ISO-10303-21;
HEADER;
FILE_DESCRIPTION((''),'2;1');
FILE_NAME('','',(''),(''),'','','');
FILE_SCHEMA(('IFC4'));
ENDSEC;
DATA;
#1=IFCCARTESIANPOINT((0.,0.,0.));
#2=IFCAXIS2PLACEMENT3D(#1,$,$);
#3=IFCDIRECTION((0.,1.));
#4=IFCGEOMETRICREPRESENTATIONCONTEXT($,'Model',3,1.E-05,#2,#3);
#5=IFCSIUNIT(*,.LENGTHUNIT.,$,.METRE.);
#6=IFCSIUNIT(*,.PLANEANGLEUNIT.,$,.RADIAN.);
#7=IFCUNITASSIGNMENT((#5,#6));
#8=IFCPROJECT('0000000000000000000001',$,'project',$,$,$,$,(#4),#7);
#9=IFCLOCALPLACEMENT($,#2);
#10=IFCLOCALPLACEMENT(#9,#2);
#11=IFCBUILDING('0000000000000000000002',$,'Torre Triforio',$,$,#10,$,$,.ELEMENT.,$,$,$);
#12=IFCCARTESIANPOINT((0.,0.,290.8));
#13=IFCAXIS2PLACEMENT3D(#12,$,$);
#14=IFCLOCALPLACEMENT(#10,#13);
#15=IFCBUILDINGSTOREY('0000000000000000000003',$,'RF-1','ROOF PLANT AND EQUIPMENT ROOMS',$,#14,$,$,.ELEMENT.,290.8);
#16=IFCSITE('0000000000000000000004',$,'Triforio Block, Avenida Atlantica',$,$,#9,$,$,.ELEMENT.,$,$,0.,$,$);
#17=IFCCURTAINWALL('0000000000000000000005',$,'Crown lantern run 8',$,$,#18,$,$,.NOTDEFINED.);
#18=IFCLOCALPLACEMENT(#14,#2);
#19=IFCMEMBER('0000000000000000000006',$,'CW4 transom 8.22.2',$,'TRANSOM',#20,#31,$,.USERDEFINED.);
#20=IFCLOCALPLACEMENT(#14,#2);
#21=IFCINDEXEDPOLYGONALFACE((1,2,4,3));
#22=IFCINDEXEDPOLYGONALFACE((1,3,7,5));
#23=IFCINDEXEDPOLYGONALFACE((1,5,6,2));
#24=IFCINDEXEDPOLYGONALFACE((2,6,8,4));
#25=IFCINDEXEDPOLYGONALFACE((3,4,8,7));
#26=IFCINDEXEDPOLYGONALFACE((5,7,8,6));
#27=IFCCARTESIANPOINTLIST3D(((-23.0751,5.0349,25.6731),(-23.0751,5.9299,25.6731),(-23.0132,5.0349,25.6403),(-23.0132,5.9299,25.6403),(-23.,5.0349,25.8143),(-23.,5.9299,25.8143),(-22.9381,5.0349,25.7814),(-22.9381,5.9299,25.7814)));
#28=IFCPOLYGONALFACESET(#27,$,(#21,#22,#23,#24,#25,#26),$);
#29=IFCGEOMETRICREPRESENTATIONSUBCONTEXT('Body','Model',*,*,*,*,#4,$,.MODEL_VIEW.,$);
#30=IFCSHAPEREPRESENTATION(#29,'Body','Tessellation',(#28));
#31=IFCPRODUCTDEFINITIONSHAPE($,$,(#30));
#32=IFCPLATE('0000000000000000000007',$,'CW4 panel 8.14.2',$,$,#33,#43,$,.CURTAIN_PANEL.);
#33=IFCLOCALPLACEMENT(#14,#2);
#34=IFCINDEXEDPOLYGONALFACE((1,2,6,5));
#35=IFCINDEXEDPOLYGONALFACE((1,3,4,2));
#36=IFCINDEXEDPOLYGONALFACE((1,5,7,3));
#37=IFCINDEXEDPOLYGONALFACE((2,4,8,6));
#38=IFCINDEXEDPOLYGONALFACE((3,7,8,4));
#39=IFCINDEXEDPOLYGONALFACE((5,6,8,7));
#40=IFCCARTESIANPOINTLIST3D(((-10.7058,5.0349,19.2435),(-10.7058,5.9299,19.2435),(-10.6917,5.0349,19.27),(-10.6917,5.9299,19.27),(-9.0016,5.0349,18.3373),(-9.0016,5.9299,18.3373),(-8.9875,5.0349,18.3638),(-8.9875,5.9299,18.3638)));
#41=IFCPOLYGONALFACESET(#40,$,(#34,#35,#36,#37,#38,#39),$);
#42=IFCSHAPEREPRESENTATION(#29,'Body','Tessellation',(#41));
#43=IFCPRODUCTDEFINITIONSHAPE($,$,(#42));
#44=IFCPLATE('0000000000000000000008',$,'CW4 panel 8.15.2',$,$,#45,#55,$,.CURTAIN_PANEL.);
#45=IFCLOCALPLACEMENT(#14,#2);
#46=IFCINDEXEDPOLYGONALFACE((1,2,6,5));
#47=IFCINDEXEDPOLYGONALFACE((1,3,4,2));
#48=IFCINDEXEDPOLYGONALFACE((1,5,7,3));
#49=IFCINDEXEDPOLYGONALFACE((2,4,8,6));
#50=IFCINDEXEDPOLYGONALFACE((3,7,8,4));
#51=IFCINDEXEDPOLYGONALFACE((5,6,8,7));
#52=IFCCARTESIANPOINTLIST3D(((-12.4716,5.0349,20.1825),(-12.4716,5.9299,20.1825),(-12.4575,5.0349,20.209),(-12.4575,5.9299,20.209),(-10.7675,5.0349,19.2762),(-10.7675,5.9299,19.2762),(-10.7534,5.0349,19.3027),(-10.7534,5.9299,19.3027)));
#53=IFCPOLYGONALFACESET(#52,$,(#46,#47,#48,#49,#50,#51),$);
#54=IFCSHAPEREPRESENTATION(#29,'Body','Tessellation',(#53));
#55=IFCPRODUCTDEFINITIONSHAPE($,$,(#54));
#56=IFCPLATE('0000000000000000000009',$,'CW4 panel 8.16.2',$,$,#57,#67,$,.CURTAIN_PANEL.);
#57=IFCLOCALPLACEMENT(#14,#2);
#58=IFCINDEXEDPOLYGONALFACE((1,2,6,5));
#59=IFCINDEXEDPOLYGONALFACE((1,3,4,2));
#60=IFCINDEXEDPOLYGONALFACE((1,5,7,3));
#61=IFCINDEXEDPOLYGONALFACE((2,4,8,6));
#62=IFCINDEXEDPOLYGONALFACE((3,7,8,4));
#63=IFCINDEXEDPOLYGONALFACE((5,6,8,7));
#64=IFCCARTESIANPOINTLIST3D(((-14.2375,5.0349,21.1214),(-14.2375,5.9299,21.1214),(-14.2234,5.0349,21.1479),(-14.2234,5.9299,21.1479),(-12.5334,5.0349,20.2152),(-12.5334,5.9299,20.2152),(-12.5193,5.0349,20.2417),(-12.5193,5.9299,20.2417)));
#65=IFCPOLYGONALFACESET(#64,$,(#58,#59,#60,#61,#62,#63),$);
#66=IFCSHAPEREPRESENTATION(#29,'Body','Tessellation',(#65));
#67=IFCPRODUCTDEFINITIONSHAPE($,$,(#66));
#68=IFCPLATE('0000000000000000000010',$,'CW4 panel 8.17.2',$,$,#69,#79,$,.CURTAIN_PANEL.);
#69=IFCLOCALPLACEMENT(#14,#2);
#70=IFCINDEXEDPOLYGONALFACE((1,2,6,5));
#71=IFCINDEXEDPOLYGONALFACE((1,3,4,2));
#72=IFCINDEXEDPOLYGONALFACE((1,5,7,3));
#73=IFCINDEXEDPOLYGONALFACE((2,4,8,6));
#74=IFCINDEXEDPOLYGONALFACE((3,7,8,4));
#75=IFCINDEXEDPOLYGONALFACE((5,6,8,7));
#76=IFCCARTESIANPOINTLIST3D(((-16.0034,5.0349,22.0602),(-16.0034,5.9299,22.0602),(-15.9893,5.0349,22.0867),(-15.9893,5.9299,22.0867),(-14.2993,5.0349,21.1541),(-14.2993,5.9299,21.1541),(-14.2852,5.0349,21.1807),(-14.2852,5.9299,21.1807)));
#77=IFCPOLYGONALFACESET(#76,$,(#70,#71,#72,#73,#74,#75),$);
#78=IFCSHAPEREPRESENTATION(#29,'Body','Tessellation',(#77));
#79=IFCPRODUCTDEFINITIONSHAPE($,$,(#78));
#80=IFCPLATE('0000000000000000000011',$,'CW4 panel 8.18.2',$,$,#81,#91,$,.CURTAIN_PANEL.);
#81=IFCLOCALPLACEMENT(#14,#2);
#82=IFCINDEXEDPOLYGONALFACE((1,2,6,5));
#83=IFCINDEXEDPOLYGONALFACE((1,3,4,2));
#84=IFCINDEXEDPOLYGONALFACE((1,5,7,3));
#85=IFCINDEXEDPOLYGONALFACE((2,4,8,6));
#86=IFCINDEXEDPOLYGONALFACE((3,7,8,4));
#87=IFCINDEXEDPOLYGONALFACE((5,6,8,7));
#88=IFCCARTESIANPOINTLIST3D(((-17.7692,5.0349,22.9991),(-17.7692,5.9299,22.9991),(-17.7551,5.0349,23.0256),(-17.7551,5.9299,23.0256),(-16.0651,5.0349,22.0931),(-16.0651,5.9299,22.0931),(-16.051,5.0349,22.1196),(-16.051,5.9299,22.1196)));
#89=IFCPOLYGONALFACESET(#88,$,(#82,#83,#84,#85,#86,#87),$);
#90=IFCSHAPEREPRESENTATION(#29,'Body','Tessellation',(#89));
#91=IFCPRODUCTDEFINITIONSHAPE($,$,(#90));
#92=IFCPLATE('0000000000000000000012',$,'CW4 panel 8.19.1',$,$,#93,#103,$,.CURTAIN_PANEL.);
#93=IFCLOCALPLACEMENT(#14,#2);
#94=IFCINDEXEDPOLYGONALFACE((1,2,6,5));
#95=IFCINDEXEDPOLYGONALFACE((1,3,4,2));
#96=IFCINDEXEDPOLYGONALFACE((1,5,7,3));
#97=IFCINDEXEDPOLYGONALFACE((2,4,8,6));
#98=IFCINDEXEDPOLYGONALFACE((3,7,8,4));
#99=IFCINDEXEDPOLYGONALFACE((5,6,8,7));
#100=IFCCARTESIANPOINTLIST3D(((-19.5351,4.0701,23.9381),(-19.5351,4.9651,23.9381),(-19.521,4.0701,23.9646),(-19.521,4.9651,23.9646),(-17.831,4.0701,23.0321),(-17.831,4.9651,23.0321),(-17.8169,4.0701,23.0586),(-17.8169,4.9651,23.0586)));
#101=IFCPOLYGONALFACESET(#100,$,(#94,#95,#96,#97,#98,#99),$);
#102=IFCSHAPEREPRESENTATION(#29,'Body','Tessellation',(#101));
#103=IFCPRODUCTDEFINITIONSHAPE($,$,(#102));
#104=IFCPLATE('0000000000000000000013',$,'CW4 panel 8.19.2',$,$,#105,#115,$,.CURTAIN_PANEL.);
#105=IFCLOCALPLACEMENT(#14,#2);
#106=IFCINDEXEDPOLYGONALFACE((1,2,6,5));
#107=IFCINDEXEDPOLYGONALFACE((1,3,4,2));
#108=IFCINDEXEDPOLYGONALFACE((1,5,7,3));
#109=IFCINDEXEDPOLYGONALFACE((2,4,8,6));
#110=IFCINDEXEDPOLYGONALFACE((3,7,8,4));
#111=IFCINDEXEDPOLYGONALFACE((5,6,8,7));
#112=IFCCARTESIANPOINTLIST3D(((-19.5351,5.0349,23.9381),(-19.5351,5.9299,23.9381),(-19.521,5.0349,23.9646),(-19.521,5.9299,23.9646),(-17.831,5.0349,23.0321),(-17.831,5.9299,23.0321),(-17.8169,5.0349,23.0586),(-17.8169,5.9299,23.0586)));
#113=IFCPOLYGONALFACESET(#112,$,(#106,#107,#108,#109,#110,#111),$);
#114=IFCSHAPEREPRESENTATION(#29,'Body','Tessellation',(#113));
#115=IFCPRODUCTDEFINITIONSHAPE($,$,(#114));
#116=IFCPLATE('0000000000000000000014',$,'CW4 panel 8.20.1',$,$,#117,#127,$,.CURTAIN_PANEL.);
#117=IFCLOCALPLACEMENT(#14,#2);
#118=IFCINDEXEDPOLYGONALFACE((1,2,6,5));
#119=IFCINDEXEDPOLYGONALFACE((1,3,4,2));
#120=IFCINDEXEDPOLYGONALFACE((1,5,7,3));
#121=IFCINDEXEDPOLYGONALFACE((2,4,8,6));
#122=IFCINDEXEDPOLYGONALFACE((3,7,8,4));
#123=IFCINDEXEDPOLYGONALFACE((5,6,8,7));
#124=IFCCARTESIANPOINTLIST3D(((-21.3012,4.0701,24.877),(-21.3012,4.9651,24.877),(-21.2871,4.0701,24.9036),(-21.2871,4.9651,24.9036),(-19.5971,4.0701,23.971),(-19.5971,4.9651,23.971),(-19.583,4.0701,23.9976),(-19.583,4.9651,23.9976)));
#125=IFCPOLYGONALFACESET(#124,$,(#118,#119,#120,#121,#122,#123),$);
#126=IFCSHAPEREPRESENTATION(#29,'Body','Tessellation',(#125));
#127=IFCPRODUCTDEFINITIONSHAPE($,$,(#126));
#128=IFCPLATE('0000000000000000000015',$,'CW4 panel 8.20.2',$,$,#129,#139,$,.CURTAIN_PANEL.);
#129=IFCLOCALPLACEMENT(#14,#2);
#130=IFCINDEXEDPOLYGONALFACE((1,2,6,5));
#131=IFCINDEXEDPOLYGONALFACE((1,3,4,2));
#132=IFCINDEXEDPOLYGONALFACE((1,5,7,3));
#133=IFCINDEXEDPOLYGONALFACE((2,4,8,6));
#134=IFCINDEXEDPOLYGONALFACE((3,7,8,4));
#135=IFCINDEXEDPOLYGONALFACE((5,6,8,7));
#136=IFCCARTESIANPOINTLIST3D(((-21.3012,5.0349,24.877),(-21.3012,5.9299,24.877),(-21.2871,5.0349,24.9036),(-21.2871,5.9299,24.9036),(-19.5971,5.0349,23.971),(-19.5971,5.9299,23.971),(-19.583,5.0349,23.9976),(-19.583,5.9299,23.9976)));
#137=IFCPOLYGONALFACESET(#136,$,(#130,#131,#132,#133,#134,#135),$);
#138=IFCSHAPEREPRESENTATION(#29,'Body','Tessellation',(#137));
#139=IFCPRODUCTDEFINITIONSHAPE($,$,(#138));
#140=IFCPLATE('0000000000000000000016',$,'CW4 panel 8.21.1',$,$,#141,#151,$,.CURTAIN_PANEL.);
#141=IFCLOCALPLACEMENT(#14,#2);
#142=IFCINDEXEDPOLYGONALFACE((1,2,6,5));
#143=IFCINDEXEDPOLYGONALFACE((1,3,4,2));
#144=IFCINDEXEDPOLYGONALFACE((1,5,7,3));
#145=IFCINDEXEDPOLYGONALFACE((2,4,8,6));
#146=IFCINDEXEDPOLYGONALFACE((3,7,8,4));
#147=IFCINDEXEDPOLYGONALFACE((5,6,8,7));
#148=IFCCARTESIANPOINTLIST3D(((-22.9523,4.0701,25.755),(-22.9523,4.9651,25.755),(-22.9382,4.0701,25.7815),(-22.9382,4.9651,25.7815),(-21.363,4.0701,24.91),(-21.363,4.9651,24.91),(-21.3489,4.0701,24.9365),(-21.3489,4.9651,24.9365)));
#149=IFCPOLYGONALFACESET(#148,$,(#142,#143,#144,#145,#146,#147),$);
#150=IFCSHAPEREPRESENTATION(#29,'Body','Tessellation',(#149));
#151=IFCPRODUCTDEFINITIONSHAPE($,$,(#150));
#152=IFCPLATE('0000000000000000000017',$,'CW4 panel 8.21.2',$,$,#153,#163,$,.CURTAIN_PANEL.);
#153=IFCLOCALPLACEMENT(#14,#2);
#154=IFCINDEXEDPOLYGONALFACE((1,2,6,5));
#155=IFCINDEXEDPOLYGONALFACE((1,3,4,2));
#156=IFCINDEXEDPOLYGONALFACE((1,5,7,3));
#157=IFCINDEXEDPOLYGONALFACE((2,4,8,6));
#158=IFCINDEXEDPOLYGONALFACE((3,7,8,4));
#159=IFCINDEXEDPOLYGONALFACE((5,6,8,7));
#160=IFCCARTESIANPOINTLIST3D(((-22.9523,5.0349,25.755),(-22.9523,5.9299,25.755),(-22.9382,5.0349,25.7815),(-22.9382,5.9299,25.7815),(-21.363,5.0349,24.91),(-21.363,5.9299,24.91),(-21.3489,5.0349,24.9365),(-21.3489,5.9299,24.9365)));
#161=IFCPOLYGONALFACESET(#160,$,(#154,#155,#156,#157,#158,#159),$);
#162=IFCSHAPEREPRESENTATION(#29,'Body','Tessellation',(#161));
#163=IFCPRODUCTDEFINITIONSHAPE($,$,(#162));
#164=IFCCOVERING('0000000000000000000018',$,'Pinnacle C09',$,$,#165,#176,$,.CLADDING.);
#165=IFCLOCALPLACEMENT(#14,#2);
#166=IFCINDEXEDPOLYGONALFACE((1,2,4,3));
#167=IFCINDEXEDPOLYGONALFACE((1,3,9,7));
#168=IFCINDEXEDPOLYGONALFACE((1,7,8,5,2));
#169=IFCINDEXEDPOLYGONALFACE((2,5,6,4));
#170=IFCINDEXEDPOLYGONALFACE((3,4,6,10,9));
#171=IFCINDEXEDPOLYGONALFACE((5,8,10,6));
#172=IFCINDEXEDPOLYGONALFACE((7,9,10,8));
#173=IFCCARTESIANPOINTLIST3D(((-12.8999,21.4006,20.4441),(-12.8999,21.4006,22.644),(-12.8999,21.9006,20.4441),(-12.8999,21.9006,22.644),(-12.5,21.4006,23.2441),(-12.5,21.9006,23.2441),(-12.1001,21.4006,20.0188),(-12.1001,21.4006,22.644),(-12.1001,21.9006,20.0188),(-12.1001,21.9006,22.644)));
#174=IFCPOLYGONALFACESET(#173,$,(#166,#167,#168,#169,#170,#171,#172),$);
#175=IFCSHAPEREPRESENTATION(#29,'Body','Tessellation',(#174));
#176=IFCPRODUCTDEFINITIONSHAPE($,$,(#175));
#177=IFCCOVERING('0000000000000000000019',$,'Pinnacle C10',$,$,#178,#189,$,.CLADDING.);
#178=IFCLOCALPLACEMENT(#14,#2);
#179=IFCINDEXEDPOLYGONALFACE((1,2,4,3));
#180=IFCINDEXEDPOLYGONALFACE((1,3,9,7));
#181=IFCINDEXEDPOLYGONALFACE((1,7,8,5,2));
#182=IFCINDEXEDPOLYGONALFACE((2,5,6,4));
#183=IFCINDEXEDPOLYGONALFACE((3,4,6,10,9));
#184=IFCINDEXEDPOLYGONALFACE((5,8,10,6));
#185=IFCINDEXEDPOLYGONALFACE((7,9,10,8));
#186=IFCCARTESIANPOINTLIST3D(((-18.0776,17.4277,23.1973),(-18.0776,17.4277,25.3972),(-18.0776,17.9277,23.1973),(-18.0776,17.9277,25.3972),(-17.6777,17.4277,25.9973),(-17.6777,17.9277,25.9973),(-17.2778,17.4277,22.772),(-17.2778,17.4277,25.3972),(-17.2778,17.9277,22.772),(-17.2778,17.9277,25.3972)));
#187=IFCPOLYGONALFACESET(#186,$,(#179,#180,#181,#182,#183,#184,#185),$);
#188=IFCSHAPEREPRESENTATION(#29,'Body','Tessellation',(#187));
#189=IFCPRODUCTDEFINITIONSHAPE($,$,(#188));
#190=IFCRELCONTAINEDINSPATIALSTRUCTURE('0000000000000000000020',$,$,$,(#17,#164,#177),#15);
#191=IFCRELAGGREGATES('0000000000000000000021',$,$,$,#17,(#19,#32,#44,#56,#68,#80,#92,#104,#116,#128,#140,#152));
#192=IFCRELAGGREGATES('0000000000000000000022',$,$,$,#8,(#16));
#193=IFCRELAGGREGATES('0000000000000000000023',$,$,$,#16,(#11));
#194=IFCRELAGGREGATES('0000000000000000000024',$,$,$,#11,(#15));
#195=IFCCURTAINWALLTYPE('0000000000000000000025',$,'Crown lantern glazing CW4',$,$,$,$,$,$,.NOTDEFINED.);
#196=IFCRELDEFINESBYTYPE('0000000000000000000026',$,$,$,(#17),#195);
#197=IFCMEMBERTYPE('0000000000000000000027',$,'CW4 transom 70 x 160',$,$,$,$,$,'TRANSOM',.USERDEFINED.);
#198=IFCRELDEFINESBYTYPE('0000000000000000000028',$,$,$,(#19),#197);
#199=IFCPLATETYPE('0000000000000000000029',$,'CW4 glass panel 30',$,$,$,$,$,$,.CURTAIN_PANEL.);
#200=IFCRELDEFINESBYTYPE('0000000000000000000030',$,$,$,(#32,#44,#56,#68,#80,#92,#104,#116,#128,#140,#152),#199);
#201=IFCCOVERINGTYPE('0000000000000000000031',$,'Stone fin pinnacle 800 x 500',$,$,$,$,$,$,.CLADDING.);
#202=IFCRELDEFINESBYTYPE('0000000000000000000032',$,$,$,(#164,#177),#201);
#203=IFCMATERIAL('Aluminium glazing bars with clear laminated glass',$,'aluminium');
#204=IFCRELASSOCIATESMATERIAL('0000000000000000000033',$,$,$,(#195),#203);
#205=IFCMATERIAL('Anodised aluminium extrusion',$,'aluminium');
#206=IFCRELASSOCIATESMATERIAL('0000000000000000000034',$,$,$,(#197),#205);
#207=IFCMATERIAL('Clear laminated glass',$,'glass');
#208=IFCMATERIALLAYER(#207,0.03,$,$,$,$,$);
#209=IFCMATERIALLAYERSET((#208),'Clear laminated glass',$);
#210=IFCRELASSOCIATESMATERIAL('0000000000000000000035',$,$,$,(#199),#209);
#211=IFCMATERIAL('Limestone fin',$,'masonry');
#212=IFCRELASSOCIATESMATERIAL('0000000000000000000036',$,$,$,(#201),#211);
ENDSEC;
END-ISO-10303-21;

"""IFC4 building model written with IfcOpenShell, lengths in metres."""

from ifc_helpers import new_model, si_unit, direction, frame, origin, origin_2d, place, context, subcontext, project, spatial, polyline, rectangle, outline, extrude, material, layer, layer_set, material_profile, profile_set, type_object, element, aggregate, save


model = new_model("IFC4")

# Units and contexts
model_context = context("Model", 3, precision=1e-05, world=origin(), true_north=direction((0.0, 1.0)))
body_context = subcontext(model_context, "Body", "Model", "MODEL_VIEW")
ifc_project = project(units=[si_unit("LENGTHUNIT", "METRE"), si_unit("PLANEANGLEUNIT", "RADIAN")], contexts=[model_context])

# Site, building, storey
site_placement = place(None, origin())
site = spatial("IfcSite", under=ifc_project, at=site_placement, Name="Triforio Block, Avenida Atlantica", CompositionType="ELEMENT", RefElevation=0.0)
building_placement = place(site_placement, origin())
building = spatial("IfcBuilding", under=site, at=building_placement, Name="Torre Triforio", CompositionType="ELEMENT")
storey_placement = place(building_placement, frame((0.0, 0.0, 290.8)))
storey = spatial("IfcBuildingStorey", under=building, at=storey_placement, Name="RF-1", Description="ROOF PLANT AND EQUIPMENT ROOMS", CompositionType="ELEMENT", Elevation=290.8)

# Curtain wall, member, plates
ifc_material_1 = material(Name="Aluminium glazing bars with clear laminated glass", Category="aluminium")
curtain_wall_type = type_object("IfcCurtainWallType", Name="Crown lantern glazing CW4", PredefinedType="NOTDEFINED", material=ifc_material_1)
curtain_wall_placement = place(storey_placement, origin())
curtain_wall = element("IfcCurtainWall", 1, at=curtain_wall_placement, inside=storey, type_object=curtain_wall_type, Name="Crown lantern run 8", PredefinedType="NOTDEFINED")
ifc_material_2 = material(Name="Anodised aluminium extrusion", Category="aluminium")
ifc_material_profile_1 = material_profile(ifc_material_2, rectangle(XDim=0.0701, YDim=0.1599, at=origin_2d()), Name="CW4 TRANSOM 70x160")
ifc_profile_set_1 = profile_set([ifc_material_profile_1], Name="Anodised aluminium extrusion")
member_type_1 = type_object("IfcMemberType", Name="CW4 transom 70 x 160", ElementType="TRANSOM", PredefinedType="USERDEFINED", material=ifc_profile_set_1)
member_1_placement = place(storey_placement, frame((-23.0066, 5.0349, 25.7273), z_axis=(0.0, 1.0, 0.0), x_axis=(-0.882948, 0.0, 0.469472)))
member_1 = element("IfcMember", 2, at=member_1_placement, type_object=member_type_1, Name="CW4 transom 8.22.2", ObjectType="TRANSOM", PredefinedType="USERDEFINED", context=body_context, shape_type="SweptSolid", body=[
    extrude(rectangle(XDim=0.0701, YDim=0.1599, at=origin_2d()), origin(), (0.0, 0.0, 1.0), 0.895),
])
ifc_material_3 = material(Name="Clear laminated glass", Category="glass")
ifc_layer = layer(ifc_material_3, 0.03)
ifc_layer_set = layer_set([ifc_layer], Name="Clear laminated glass")
plate_type = type_object("IfcPlateType", Name="CW4 glass panel 30", PredefinedType="CURTAIN_PANEL", material=ifc_layer_set)
plate_1_placement = place(storey_placement, frame((-8.9875, 5.0349, 18.3638), z_axis=(0.469537, 0.0, 0.882913), x_axis=(0.0, 1.0, 0.0)))
plate_1 = element("IfcPlate", 3, at=plate_1_placement, type_object=plate_type, Name="CW4 panel 8.14.2", PredefinedType="CURTAIN_PANEL", context=body_context, shape_type="SweptSolid", body=[
    extrude(outline(polyline([(0.0, 0.0), (0.895, 0.0), (0.895, 1.9301), (0.0, 1.9301), (0.0, 0.0)])), origin(), (0.0, 0.0, -1.0), 0.03),
])
plate_2_placement = place(storey_placement, frame((-10.7534, 5.0349, 19.3027), z_axis=(0.469537, 0.0, 0.882913), x_axis=(0.0, 1.0, 0.0)))
plate_2 = element("IfcPlate", 4, at=plate_2_placement, type_object=plate_type, Name="CW4 panel 8.15.2", PredefinedType="CURTAIN_PANEL", context=body_context, shape_type="SweptSolid", body=[
    extrude(outline(polyline([(0.0, 0.0), (0.895, 0.0), (0.895, 1.9301), (0.0, 1.9301), (0.0, 0.0)])), origin(), (0.0, 0.0, -1.0), 0.03),
])
plate_3_placement = place(storey_placement, frame((-12.5193, 5.0349, 20.2417), z_axis=(0.469537, 0.0, 0.882913), x_axis=(0.0, 1.0, 0.0)))
plate_3 = element("IfcPlate", 5, at=plate_3_placement, type_object=plate_type, Name="CW4 panel 8.16.2", PredefinedType="CURTAIN_PANEL", context=body_context, shape_type="SweptSolid", body=[
    extrude(outline(polyline([(0.0, 0.0), (0.895, 0.0), (0.895, 1.9301), (0.0, 1.9301), (0.0, 0.0)])), origin(), (0.0, 0.0, -1.0), 0.03),
])
plate_4_placement = place(storey_placement, frame((-14.2852, 5.0349, 21.1807), z_axis=(0.469439, 0.0, 0.882965), x_axis=(0.0, 1.0, 0.0)))
plate_4 = element("IfcPlate", 6, at=plate_4_placement, type_object=plate_type, Name="CW4 panel 8.17.2", PredefinedType="CURTAIN_PANEL", context=body_context, shape_type="SweptSolid", body=[
    extrude(outline(polyline([(0.0, 0.0), (0.895, 0.0), (0.895, 1.93), (0.0, 1.93), (0.0, 0.0)])), origin(), (0.0, 0.0, -1.0), 0.03),
])
plate_5_placement = place(storey_placement, frame((-16.051, 5.0349, 22.1196), z_axis=(0.469439, 0.0, 0.882965), x_axis=(0.0, 1.0, 0.0)))
plate_5 = element("IfcPlate", 7, at=plate_5_placement, type_object=plate_type, Name="CW4 panel 8.18.2", PredefinedType="CURTAIN_PANEL", context=body_context, shape_type="SweptSolid", body=[
    extrude(outline(polyline([(0.0, 0.0), (0.895, 0.0), (0.895, 1.93), (0.0, 1.93), (0.0, 0.0)])), origin(), (0.0, 0.0, -1.0), 0.03),
])
plate_6_placement = place(storey_placement, frame((-17.8169, 4.0701, 23.0586), z_axis=(0.469439, 0.0, 0.882965), x_axis=(0.0, 1.0, 0.0)))
plate_6 = element("IfcPlate", 8, at=plate_6_placement, type_object=plate_type, Name="CW4 panel 8.19.1", PredefinedType="CURTAIN_PANEL", context=body_context, shape_type="SweptSolid", body=[
    extrude(outline(polyline([(0.0, 0.0), (0.895, 0.0), (0.895, 1.93), (0.0, 1.93), (0.0, 0.0)])), origin(), (0.0, 0.0, -1.0), 0.03),
])
plate_7_placement = place(storey_placement, frame((-17.8169, 5.0349, 23.0586), z_axis=(0.469439, 0.0, 0.882965), x_axis=(0.0, 1.0, 0.0)))
plate_7 = element("IfcPlate", 9, at=plate_7_placement, type_object=plate_type, Name="CW4 panel 8.19.2", PredefinedType="CURTAIN_PANEL", context=body_context, shape_type="SweptSolid", body=[
    extrude(outline(polyline([(0.0, 0.0), (0.895, 0.0), (0.895, 1.93), (0.0, 1.93), (0.0, 0.0)])), origin(), (0.0, 0.0, -1.0), 0.03),
])
plate_8_placement = place(storey_placement, frame((-19.583, 4.0701, 23.9976), z_axis=(0.469439, 0.0, 0.882965), x_axis=(0.0, 1.0, 0.0)))
plate_8 = element("IfcPlate", 10, at=plate_8_placement, type_object=plate_type, Name="CW4 panel 8.20.1", PredefinedType="CURTAIN_PANEL", context=body_context, shape_type="SweptSolid", body=[
    extrude(outline(polyline([(0.0, 0.0), (0.895, 0.0), (0.895, 1.93), (0.0, 1.93), (0.0, 0.0)])), origin(), (0.0, 0.0, -1.0), 0.03),
])
plate_9_placement = place(storey_placement, frame((-19.583, 5.0349, 23.9976), z_axis=(0.469439, 0.0, 0.882965), x_axis=(0.0, 1.0, 0.0)))
plate_9 = element("IfcPlate", 11, at=plate_9_placement, type_object=plate_type, Name="CW4 panel 8.20.2", PredefinedType="CURTAIN_PANEL", context=body_context, shape_type="SweptSolid", body=[
    extrude(outline(polyline([(0.0, 0.0), (0.895, 0.0), (0.895, 1.93), (0.0, 1.93), (0.0, 0.0)])), origin(), (0.0, 0.0, -1.0), 0.03),
])
plate_10_placement = place(storey_placement, frame((-21.3489, 4.0701, 24.9365), z_axis=(0.469426, 0.0, 0.882972), x_axis=(0.0, 1.0, 0.0)))
plate_10 = element("IfcPlate", 12, at=plate_10_placement, type_object=plate_type, Name="CW4 panel 8.21.1", PredefinedType="CURTAIN_PANEL", context=body_context, shape_type="SweptSolid", body=[
    extrude(outline(polyline([(0.0, 0.0), (0.895, 0.0), (0.895, 1.8), (0.0, 1.8), (0.0, 0.0)])), origin(), (0.0, 0.0, -1.0), 0.03),
])
plate_11_placement = place(storey_placement, frame((-21.3489, 5.0349, 24.9365), z_axis=(0.469426, 0.0, 0.882972), x_axis=(0.0, 1.0, 0.0)))
plate_11 = element("IfcPlate", 13, at=plate_11_placement, type_object=plate_type, Name="CW4 panel 8.21.2", PredefinedType="CURTAIN_PANEL", context=body_context, shape_type="SweptSolid", body=[
    extrude(outline(polyline([(0.0, 0.0), (0.895, 0.0), (0.895, 1.8), (0.0, 1.8), (0.0, 0.0)])), origin(), (0.0, 0.0, -1.0), 0.03),
])
aggregate(curtain_wall, [member_1, plate_1, plate_2, plate_3, plate_4, plate_5, plate_6, plate_7, plate_8, plate_9, plate_10, plate_11])

# Coverings
ifc_material_4 = material(Name="Limestone fin", Category="masonry")
ifc_material_profile_2 = material_profile(ifc_material_4, outline(polyline([(-0.3999, -0.2126), (0.3999, 0.2126), (0.3999, 2.4126), (0.0, 3.0127), (-0.3999, 2.4126), (-0.3999, -0.2126)])), Name="FIN PINNACLE 800x500")
ifc_profile_set_2 = profile_set([ifc_material_profile_2], Name="Limestone fin")
covering_type = type_object("IfcCoveringType", Name="Stone fin pinnacle 800 x 500", PredefinedType="CLADDING", material=ifc_profile_set_2)
for number, where, z_axis, x_axis, name in (
    (14, (-12.5, 21.4006, 20.2314), (0.0, 1.0, 0.0), (-1.0, 0.0, 0.0), "Pinnacle C09"),
    (15, (-17.6777, 17.4277, 22.9846), (0.0, 1.0, 0.0), (-1.0, 0.0, 0.0), "Pinnacle C10"),
):
    element("IfcCovering", number, at=place(storey_placement, frame(where, z_axis=z_axis, x_axis=x_axis)), inside=storey, type_object=covering_type, Name=name, PredefinedType="CLADDING", context=body_context, shape_type="SweptSolid", body=[
        extrude(outline(polyline([(-0.3999, -0.2126), (0.3999, 0.2126), (0.3999, 2.4126), (0.0, 3.0127), (-0.3999, 2.4126), (-0.3999, -0.2126)])), origin(), (0.0, 0.0, 1.0), 0.5),
    ])

save(model, "model.ifc")
